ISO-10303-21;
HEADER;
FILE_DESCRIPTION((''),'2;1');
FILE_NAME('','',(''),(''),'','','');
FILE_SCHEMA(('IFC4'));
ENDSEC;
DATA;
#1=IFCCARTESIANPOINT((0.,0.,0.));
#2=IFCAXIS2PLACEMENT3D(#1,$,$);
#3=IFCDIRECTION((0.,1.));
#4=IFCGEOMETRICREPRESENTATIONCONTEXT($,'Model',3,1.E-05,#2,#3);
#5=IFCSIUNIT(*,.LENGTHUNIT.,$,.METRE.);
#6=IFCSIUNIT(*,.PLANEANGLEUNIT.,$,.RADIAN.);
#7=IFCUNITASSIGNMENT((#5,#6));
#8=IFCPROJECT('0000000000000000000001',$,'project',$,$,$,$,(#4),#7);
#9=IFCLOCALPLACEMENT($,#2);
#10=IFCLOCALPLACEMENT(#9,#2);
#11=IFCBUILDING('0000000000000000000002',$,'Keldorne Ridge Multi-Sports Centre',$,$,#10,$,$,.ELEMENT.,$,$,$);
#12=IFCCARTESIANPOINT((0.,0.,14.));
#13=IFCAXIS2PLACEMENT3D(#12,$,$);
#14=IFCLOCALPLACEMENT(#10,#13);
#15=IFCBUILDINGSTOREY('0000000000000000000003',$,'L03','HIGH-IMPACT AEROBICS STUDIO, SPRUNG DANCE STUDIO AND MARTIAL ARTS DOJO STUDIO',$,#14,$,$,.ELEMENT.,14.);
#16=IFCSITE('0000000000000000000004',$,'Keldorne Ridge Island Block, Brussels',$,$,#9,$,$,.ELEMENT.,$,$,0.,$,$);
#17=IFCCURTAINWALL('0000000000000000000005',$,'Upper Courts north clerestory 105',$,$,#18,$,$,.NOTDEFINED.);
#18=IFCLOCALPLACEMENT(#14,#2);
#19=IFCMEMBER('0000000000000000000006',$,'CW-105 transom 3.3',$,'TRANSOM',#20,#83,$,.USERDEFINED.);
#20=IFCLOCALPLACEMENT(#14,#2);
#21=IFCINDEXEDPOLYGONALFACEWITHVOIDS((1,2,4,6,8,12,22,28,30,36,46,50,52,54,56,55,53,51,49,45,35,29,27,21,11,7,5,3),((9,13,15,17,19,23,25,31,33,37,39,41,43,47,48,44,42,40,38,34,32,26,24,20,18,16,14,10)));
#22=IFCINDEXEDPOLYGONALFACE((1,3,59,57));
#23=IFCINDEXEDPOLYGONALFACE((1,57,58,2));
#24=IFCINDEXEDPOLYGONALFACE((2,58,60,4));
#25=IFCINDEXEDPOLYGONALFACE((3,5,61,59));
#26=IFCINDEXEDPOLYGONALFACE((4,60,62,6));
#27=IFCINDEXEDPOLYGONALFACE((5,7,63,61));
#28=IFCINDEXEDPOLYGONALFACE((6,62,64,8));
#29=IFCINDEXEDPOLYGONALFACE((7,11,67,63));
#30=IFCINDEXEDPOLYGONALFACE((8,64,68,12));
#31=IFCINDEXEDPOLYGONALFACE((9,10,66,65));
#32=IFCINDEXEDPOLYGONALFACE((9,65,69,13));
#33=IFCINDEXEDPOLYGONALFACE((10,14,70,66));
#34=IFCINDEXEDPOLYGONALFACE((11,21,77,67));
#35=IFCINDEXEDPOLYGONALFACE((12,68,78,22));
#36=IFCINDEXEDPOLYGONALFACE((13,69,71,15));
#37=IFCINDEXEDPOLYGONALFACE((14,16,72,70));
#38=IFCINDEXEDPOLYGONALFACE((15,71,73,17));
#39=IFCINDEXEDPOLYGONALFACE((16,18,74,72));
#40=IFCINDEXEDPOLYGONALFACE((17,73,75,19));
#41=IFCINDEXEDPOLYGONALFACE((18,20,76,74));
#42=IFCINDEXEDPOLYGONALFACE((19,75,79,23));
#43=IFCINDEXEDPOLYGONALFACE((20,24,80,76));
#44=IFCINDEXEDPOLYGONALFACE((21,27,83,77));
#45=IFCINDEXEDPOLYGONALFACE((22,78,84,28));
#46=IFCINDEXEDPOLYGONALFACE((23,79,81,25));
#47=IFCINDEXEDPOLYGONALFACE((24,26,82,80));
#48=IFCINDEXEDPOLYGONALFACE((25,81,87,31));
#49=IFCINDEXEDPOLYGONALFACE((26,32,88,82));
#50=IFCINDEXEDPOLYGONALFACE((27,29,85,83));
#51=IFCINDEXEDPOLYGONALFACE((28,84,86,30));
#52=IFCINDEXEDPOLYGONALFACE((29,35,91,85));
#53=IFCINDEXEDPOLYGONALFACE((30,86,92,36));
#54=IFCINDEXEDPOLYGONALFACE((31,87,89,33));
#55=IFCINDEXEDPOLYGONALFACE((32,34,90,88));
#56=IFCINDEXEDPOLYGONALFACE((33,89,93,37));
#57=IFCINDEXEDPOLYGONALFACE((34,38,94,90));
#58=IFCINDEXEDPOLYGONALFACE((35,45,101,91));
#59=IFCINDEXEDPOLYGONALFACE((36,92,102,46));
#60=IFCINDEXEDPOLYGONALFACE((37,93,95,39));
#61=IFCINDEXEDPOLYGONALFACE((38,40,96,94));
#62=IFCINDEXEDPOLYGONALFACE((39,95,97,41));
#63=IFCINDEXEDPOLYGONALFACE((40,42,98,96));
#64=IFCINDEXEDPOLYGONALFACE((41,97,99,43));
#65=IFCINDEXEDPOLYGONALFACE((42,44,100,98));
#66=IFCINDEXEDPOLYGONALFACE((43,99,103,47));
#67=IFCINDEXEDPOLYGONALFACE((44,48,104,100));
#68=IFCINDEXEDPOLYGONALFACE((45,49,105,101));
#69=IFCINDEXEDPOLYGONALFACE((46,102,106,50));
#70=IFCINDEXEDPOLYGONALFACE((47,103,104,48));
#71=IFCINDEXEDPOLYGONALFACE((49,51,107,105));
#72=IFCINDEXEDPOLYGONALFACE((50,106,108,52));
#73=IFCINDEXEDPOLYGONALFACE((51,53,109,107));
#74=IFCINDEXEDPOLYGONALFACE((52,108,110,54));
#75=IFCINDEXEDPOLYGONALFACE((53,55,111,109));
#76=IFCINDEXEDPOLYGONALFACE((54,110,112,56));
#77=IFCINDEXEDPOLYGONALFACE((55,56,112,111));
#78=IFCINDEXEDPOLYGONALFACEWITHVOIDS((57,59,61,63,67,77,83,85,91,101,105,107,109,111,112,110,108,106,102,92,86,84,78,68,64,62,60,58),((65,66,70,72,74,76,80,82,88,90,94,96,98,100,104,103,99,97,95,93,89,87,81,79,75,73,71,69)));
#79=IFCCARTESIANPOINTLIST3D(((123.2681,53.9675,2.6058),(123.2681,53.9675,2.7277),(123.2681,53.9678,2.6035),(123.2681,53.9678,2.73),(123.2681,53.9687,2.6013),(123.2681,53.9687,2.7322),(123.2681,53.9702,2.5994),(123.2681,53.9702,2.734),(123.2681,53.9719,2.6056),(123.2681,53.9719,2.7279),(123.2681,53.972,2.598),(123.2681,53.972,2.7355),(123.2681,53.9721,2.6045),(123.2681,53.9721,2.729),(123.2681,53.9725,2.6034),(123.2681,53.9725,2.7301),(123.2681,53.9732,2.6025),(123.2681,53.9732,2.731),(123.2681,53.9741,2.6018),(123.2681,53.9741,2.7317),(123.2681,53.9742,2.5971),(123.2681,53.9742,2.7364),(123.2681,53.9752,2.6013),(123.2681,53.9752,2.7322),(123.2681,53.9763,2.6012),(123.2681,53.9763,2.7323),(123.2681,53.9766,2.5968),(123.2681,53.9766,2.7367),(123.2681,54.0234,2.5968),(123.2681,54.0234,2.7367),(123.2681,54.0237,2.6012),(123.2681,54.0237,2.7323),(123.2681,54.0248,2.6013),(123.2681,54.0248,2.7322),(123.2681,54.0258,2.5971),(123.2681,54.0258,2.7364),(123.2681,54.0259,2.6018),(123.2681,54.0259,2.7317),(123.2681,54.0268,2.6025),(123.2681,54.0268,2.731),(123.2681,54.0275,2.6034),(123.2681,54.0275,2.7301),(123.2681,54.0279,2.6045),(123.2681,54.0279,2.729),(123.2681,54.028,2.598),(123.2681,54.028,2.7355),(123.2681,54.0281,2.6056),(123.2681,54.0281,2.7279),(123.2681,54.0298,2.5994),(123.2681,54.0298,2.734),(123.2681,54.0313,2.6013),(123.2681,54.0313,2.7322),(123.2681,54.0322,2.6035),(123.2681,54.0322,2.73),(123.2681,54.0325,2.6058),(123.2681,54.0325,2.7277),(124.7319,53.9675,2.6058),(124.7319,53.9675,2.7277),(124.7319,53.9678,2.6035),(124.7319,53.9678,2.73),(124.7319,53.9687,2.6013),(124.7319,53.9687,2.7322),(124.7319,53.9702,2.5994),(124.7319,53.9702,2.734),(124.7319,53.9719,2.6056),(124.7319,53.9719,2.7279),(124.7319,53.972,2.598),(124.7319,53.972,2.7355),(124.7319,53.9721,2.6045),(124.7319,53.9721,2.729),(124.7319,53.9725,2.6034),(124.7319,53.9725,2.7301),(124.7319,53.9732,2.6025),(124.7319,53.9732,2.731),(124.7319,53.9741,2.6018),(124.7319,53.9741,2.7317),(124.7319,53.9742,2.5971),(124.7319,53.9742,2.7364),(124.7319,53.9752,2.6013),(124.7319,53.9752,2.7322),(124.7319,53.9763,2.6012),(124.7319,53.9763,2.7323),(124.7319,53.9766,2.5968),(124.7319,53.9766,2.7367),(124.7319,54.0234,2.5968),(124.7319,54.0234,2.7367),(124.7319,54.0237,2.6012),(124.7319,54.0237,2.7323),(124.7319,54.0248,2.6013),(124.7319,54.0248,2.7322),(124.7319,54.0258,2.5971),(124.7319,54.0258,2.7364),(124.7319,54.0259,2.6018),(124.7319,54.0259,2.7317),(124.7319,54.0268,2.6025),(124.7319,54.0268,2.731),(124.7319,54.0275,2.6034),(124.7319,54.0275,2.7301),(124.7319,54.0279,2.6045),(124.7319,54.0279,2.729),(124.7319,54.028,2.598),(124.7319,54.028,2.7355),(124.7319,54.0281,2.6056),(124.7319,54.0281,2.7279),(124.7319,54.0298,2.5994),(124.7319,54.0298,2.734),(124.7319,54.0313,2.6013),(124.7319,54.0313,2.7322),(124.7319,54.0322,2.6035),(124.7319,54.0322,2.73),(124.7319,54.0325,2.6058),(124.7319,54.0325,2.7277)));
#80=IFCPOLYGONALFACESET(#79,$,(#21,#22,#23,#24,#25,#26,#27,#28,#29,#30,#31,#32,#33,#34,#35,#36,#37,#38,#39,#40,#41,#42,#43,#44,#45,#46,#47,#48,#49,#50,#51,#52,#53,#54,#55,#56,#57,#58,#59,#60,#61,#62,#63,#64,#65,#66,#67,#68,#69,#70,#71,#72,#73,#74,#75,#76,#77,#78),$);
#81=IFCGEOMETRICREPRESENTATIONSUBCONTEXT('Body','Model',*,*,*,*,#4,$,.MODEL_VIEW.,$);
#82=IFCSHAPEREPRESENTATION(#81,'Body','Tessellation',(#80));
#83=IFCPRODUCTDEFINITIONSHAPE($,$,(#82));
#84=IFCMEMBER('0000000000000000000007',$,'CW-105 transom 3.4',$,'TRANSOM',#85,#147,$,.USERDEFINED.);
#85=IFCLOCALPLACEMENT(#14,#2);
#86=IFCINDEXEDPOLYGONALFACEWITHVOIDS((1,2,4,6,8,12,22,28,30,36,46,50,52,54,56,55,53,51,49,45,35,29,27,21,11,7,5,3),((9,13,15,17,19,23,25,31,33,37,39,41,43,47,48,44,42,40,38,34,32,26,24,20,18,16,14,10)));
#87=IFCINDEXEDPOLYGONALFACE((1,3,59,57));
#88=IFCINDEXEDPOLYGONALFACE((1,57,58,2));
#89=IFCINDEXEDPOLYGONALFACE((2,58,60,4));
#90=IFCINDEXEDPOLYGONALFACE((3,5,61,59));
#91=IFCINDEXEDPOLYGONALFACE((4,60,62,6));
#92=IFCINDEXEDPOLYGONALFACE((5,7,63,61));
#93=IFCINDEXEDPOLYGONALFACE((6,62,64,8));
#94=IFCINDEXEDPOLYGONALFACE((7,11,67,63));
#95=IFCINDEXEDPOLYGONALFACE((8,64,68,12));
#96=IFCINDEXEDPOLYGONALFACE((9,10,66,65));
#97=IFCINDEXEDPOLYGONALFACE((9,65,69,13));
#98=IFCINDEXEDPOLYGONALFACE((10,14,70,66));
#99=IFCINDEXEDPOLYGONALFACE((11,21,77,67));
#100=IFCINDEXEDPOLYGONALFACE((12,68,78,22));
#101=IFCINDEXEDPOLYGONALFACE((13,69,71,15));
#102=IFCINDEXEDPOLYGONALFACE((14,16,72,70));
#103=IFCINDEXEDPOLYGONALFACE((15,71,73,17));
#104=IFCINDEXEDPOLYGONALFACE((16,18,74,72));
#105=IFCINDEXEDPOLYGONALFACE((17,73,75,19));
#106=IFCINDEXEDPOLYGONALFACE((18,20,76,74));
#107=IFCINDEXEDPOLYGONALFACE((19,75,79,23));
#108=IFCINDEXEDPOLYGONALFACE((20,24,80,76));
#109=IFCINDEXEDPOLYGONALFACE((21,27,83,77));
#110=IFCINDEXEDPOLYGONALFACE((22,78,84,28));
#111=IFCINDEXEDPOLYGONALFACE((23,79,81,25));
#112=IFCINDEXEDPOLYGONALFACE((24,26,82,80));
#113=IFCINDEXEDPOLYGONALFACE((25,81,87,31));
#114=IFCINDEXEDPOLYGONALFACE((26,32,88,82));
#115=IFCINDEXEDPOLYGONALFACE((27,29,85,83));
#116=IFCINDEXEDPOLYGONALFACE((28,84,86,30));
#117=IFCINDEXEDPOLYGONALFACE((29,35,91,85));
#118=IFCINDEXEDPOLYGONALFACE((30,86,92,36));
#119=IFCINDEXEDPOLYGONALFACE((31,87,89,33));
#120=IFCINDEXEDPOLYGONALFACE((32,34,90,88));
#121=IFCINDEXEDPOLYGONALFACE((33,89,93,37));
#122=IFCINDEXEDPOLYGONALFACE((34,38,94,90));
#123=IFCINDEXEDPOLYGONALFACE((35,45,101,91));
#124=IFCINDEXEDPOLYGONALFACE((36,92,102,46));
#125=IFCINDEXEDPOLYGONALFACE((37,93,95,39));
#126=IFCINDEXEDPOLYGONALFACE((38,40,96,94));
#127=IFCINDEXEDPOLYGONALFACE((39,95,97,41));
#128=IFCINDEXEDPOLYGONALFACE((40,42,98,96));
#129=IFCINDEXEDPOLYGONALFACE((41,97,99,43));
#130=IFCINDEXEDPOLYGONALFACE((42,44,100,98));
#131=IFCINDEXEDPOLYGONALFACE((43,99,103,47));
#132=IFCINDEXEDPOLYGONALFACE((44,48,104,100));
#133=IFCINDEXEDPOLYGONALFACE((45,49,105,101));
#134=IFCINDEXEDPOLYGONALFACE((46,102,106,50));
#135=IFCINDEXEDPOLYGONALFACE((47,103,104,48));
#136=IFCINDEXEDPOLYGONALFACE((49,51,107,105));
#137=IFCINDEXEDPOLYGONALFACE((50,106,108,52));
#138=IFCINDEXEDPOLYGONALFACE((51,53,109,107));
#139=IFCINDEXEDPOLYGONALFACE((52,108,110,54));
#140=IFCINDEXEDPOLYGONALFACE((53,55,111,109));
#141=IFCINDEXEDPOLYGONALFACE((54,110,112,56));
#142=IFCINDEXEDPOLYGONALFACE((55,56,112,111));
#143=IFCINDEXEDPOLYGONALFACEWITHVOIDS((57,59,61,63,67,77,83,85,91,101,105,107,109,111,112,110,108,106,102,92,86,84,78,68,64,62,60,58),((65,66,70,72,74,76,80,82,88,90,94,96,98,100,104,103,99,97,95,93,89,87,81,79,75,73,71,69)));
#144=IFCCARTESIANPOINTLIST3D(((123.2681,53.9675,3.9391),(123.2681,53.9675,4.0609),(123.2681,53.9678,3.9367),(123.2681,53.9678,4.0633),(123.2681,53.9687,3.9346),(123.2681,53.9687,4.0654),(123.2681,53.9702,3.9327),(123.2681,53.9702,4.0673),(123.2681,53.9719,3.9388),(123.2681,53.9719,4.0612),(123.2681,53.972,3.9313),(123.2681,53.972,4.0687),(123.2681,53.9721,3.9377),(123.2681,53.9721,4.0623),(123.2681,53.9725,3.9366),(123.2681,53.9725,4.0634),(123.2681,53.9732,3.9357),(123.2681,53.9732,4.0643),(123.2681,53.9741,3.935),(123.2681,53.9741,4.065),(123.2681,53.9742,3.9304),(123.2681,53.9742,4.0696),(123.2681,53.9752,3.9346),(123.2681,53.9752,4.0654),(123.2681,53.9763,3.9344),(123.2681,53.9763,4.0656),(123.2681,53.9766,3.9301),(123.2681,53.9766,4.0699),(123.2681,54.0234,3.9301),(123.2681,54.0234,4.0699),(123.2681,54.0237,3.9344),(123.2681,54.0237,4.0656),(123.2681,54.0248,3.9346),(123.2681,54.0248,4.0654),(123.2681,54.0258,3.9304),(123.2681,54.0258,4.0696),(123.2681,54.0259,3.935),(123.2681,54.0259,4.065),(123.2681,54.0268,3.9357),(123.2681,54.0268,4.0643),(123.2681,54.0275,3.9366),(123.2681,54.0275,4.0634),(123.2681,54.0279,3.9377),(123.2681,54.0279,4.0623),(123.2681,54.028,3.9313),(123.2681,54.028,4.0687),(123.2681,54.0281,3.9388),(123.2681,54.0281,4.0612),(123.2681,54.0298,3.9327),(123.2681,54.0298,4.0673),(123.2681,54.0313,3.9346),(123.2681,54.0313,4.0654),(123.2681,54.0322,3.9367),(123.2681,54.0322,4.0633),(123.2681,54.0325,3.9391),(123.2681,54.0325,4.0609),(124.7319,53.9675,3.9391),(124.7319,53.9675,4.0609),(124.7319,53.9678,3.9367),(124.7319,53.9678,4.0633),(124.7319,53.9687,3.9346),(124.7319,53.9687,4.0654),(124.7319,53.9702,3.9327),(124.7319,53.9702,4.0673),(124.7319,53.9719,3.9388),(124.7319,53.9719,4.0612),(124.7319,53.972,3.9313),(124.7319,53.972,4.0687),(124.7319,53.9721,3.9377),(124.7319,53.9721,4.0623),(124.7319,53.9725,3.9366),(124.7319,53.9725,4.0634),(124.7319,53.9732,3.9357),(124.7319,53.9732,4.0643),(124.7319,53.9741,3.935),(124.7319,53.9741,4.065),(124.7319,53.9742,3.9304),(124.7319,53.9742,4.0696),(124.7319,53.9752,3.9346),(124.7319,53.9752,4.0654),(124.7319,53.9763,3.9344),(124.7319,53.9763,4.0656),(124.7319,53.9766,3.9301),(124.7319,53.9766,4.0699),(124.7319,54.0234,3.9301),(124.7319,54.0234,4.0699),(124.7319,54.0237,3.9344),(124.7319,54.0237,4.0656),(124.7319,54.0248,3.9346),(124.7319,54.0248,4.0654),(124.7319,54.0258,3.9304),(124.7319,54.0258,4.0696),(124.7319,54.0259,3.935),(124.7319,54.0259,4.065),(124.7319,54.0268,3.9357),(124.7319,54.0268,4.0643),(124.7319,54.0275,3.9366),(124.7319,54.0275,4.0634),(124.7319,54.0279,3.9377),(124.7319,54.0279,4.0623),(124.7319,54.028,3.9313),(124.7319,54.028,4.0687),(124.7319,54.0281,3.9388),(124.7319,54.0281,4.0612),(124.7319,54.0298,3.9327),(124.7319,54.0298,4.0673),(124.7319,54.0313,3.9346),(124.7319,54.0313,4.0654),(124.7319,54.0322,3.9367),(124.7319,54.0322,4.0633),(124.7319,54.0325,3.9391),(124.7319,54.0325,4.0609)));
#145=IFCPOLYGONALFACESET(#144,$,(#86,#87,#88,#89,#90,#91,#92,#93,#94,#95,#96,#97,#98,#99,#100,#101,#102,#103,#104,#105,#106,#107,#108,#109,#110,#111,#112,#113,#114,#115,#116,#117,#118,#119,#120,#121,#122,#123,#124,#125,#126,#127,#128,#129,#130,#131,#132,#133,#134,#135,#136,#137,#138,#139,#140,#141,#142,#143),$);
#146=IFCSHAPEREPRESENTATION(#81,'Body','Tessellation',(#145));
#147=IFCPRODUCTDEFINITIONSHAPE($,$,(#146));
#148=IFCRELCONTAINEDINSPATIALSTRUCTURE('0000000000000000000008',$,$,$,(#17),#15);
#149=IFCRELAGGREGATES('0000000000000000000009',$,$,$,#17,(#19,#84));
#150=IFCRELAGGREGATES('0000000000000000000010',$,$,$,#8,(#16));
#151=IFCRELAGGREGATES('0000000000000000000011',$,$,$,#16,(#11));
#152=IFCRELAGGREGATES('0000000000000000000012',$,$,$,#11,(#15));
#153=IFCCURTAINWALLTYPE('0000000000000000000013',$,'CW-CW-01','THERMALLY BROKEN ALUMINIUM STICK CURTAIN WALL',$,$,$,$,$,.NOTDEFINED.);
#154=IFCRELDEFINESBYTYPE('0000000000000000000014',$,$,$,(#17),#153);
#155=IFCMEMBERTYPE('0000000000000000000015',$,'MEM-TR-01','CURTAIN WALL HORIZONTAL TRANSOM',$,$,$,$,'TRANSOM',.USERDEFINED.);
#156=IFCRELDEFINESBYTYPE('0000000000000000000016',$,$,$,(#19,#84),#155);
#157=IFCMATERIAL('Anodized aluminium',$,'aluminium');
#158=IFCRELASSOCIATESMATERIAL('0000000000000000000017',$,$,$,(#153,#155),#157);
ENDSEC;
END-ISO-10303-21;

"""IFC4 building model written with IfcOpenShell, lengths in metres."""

from ifc_helpers import new_model, si_unit, direction, frame, origin, origin_2d, place, context, subcontext, project, spatial, hollow_rectangle, extrude, material, material_profile, profile_set, type_object, element, aggregate, save


model = new_model("IFC4")

# Units and contexts
model_context = context("Model", 3, precision=1e-05, world=origin(), true_north=direction((0.0, 1.0)))
body_context = subcontext(model_context, "Body", "Model", "MODEL_VIEW")
ifc_project = project(units=[si_unit("LENGTHUNIT", "METRE"), si_unit("PLANEANGLEUNIT", "RADIAN")], contexts=[model_context])

# Site, building, storey
site_placement = place(None, origin())
site = spatial("IfcSite", under=ifc_project, at=site_placement, Name="Keldorne Ridge Island Block, Brussels", CompositionType="ELEMENT", RefElevation=0.0)
building_placement = place(site_placement, origin())
building = spatial("IfcBuilding", under=site, at=building_placement, Name="Keldorne Ridge Multi-Sports Centre", CompositionType="ELEMENT")
storey_placement = place(building_placement, frame((0.0, 0.0, 14.0)))
storey = spatial("IfcBuildingStorey", under=building, at=storey_placement, Name="L03", Description="HIGH-IMPACT AEROBICS STUDIO, SPRUNG DANCE STUDIO AND MARTIAL ARTS DOJO STUDIO", CompositionType="ELEMENT", Elevation=14.0)

# Curtain wall, members
ifc_material_1 = material(Name="Anodized aluminium", Category="aluminium")
curtain_wall_type = type_object("IfcCurtainWallType", Name="CW-CW-01", Description="THERMALLY BROKEN ALUMINIUM STICK CURTAIN WALL", PredefinedType="NOTDEFINED", material=ifc_material_1)
curtain_wall_placement = place(storey_placement, origin())
curtain_wall = element("IfcCurtainWall", 1, at=curtain_wall_placement, inside=storey, type_object=curtain_wall_type, Name="Upper Courts north clerestory 105", PredefinedType="NOTDEFINED")
ifc_material_profile_1 = material_profile(ifc_material_1, hollow_rectangle(XDim=0.0649, YDim=0.1399, WallThickness=0.0044, InnerFilletRadius=0.0044, OuterFilletRadius=0.009, at=origin_2d()), Name="ALU TRANSOM 140x65x4.5")
ifc_profile_set_1 = profile_set([ifc_material_profile_1], Name="Anodized aluminium")
member_type_1 = type_object("IfcMemberType", Name="MEM-TR-01", Description="CURTAIN WALL HORIZONTAL TRANSOM", ElementType="TRANSOM", PredefinedType="USERDEFINED", material=ifc_profile_set_1)
member_1_placement = place(storey_placement, frame((124.7319, 54.0, 2.6667), z_axis=(-1.0, 0.0, 0.0), x_axis=(0.0, -1.0, 0.0)))
member_1 = element("IfcMember", 2, at=member_1_placement, type_object=member_type_1, Name="CW-105 transom 3.3", ObjectType="TRANSOM", PredefinedType="USERDEFINED", context=body_context, shape_type="SweptSolid", body=[
    extrude(hollow_rectangle(XDim=0.0649, YDim=0.1399, WallThickness=0.0044, InnerFilletRadius=0.0044, OuterFilletRadius=0.009, at=origin_2d()), origin(), (0.0, 0.0, 1.0), 1.4639),
])
member_2_placement = place(storey_placement, frame((124.7319, 54.0, 4.0), z_axis=(-1.0, 0.0, 0.0), x_axis=(0.0, -1.0, 0.0)))
member_2 = element("IfcMember", 3, at=member_2_placement, type_object=member_type_1, Name="CW-105 transom 3.4", ObjectType="TRANSOM", PredefinedType="USERDEFINED", context=body_context, shape_type="SweptSolid", body=[
    extrude(hollow_rectangle(XDim=0.0649, YDim=0.1399, WallThickness=0.0044, InnerFilletRadius=0.0044, OuterFilletRadius=0.009, at=origin_2d()), origin(), (0.0, 0.0, 1.0), 1.4639),
])
aggregate(curtain_wall, [member_1, member_2])

save(model, "model.ifc")
